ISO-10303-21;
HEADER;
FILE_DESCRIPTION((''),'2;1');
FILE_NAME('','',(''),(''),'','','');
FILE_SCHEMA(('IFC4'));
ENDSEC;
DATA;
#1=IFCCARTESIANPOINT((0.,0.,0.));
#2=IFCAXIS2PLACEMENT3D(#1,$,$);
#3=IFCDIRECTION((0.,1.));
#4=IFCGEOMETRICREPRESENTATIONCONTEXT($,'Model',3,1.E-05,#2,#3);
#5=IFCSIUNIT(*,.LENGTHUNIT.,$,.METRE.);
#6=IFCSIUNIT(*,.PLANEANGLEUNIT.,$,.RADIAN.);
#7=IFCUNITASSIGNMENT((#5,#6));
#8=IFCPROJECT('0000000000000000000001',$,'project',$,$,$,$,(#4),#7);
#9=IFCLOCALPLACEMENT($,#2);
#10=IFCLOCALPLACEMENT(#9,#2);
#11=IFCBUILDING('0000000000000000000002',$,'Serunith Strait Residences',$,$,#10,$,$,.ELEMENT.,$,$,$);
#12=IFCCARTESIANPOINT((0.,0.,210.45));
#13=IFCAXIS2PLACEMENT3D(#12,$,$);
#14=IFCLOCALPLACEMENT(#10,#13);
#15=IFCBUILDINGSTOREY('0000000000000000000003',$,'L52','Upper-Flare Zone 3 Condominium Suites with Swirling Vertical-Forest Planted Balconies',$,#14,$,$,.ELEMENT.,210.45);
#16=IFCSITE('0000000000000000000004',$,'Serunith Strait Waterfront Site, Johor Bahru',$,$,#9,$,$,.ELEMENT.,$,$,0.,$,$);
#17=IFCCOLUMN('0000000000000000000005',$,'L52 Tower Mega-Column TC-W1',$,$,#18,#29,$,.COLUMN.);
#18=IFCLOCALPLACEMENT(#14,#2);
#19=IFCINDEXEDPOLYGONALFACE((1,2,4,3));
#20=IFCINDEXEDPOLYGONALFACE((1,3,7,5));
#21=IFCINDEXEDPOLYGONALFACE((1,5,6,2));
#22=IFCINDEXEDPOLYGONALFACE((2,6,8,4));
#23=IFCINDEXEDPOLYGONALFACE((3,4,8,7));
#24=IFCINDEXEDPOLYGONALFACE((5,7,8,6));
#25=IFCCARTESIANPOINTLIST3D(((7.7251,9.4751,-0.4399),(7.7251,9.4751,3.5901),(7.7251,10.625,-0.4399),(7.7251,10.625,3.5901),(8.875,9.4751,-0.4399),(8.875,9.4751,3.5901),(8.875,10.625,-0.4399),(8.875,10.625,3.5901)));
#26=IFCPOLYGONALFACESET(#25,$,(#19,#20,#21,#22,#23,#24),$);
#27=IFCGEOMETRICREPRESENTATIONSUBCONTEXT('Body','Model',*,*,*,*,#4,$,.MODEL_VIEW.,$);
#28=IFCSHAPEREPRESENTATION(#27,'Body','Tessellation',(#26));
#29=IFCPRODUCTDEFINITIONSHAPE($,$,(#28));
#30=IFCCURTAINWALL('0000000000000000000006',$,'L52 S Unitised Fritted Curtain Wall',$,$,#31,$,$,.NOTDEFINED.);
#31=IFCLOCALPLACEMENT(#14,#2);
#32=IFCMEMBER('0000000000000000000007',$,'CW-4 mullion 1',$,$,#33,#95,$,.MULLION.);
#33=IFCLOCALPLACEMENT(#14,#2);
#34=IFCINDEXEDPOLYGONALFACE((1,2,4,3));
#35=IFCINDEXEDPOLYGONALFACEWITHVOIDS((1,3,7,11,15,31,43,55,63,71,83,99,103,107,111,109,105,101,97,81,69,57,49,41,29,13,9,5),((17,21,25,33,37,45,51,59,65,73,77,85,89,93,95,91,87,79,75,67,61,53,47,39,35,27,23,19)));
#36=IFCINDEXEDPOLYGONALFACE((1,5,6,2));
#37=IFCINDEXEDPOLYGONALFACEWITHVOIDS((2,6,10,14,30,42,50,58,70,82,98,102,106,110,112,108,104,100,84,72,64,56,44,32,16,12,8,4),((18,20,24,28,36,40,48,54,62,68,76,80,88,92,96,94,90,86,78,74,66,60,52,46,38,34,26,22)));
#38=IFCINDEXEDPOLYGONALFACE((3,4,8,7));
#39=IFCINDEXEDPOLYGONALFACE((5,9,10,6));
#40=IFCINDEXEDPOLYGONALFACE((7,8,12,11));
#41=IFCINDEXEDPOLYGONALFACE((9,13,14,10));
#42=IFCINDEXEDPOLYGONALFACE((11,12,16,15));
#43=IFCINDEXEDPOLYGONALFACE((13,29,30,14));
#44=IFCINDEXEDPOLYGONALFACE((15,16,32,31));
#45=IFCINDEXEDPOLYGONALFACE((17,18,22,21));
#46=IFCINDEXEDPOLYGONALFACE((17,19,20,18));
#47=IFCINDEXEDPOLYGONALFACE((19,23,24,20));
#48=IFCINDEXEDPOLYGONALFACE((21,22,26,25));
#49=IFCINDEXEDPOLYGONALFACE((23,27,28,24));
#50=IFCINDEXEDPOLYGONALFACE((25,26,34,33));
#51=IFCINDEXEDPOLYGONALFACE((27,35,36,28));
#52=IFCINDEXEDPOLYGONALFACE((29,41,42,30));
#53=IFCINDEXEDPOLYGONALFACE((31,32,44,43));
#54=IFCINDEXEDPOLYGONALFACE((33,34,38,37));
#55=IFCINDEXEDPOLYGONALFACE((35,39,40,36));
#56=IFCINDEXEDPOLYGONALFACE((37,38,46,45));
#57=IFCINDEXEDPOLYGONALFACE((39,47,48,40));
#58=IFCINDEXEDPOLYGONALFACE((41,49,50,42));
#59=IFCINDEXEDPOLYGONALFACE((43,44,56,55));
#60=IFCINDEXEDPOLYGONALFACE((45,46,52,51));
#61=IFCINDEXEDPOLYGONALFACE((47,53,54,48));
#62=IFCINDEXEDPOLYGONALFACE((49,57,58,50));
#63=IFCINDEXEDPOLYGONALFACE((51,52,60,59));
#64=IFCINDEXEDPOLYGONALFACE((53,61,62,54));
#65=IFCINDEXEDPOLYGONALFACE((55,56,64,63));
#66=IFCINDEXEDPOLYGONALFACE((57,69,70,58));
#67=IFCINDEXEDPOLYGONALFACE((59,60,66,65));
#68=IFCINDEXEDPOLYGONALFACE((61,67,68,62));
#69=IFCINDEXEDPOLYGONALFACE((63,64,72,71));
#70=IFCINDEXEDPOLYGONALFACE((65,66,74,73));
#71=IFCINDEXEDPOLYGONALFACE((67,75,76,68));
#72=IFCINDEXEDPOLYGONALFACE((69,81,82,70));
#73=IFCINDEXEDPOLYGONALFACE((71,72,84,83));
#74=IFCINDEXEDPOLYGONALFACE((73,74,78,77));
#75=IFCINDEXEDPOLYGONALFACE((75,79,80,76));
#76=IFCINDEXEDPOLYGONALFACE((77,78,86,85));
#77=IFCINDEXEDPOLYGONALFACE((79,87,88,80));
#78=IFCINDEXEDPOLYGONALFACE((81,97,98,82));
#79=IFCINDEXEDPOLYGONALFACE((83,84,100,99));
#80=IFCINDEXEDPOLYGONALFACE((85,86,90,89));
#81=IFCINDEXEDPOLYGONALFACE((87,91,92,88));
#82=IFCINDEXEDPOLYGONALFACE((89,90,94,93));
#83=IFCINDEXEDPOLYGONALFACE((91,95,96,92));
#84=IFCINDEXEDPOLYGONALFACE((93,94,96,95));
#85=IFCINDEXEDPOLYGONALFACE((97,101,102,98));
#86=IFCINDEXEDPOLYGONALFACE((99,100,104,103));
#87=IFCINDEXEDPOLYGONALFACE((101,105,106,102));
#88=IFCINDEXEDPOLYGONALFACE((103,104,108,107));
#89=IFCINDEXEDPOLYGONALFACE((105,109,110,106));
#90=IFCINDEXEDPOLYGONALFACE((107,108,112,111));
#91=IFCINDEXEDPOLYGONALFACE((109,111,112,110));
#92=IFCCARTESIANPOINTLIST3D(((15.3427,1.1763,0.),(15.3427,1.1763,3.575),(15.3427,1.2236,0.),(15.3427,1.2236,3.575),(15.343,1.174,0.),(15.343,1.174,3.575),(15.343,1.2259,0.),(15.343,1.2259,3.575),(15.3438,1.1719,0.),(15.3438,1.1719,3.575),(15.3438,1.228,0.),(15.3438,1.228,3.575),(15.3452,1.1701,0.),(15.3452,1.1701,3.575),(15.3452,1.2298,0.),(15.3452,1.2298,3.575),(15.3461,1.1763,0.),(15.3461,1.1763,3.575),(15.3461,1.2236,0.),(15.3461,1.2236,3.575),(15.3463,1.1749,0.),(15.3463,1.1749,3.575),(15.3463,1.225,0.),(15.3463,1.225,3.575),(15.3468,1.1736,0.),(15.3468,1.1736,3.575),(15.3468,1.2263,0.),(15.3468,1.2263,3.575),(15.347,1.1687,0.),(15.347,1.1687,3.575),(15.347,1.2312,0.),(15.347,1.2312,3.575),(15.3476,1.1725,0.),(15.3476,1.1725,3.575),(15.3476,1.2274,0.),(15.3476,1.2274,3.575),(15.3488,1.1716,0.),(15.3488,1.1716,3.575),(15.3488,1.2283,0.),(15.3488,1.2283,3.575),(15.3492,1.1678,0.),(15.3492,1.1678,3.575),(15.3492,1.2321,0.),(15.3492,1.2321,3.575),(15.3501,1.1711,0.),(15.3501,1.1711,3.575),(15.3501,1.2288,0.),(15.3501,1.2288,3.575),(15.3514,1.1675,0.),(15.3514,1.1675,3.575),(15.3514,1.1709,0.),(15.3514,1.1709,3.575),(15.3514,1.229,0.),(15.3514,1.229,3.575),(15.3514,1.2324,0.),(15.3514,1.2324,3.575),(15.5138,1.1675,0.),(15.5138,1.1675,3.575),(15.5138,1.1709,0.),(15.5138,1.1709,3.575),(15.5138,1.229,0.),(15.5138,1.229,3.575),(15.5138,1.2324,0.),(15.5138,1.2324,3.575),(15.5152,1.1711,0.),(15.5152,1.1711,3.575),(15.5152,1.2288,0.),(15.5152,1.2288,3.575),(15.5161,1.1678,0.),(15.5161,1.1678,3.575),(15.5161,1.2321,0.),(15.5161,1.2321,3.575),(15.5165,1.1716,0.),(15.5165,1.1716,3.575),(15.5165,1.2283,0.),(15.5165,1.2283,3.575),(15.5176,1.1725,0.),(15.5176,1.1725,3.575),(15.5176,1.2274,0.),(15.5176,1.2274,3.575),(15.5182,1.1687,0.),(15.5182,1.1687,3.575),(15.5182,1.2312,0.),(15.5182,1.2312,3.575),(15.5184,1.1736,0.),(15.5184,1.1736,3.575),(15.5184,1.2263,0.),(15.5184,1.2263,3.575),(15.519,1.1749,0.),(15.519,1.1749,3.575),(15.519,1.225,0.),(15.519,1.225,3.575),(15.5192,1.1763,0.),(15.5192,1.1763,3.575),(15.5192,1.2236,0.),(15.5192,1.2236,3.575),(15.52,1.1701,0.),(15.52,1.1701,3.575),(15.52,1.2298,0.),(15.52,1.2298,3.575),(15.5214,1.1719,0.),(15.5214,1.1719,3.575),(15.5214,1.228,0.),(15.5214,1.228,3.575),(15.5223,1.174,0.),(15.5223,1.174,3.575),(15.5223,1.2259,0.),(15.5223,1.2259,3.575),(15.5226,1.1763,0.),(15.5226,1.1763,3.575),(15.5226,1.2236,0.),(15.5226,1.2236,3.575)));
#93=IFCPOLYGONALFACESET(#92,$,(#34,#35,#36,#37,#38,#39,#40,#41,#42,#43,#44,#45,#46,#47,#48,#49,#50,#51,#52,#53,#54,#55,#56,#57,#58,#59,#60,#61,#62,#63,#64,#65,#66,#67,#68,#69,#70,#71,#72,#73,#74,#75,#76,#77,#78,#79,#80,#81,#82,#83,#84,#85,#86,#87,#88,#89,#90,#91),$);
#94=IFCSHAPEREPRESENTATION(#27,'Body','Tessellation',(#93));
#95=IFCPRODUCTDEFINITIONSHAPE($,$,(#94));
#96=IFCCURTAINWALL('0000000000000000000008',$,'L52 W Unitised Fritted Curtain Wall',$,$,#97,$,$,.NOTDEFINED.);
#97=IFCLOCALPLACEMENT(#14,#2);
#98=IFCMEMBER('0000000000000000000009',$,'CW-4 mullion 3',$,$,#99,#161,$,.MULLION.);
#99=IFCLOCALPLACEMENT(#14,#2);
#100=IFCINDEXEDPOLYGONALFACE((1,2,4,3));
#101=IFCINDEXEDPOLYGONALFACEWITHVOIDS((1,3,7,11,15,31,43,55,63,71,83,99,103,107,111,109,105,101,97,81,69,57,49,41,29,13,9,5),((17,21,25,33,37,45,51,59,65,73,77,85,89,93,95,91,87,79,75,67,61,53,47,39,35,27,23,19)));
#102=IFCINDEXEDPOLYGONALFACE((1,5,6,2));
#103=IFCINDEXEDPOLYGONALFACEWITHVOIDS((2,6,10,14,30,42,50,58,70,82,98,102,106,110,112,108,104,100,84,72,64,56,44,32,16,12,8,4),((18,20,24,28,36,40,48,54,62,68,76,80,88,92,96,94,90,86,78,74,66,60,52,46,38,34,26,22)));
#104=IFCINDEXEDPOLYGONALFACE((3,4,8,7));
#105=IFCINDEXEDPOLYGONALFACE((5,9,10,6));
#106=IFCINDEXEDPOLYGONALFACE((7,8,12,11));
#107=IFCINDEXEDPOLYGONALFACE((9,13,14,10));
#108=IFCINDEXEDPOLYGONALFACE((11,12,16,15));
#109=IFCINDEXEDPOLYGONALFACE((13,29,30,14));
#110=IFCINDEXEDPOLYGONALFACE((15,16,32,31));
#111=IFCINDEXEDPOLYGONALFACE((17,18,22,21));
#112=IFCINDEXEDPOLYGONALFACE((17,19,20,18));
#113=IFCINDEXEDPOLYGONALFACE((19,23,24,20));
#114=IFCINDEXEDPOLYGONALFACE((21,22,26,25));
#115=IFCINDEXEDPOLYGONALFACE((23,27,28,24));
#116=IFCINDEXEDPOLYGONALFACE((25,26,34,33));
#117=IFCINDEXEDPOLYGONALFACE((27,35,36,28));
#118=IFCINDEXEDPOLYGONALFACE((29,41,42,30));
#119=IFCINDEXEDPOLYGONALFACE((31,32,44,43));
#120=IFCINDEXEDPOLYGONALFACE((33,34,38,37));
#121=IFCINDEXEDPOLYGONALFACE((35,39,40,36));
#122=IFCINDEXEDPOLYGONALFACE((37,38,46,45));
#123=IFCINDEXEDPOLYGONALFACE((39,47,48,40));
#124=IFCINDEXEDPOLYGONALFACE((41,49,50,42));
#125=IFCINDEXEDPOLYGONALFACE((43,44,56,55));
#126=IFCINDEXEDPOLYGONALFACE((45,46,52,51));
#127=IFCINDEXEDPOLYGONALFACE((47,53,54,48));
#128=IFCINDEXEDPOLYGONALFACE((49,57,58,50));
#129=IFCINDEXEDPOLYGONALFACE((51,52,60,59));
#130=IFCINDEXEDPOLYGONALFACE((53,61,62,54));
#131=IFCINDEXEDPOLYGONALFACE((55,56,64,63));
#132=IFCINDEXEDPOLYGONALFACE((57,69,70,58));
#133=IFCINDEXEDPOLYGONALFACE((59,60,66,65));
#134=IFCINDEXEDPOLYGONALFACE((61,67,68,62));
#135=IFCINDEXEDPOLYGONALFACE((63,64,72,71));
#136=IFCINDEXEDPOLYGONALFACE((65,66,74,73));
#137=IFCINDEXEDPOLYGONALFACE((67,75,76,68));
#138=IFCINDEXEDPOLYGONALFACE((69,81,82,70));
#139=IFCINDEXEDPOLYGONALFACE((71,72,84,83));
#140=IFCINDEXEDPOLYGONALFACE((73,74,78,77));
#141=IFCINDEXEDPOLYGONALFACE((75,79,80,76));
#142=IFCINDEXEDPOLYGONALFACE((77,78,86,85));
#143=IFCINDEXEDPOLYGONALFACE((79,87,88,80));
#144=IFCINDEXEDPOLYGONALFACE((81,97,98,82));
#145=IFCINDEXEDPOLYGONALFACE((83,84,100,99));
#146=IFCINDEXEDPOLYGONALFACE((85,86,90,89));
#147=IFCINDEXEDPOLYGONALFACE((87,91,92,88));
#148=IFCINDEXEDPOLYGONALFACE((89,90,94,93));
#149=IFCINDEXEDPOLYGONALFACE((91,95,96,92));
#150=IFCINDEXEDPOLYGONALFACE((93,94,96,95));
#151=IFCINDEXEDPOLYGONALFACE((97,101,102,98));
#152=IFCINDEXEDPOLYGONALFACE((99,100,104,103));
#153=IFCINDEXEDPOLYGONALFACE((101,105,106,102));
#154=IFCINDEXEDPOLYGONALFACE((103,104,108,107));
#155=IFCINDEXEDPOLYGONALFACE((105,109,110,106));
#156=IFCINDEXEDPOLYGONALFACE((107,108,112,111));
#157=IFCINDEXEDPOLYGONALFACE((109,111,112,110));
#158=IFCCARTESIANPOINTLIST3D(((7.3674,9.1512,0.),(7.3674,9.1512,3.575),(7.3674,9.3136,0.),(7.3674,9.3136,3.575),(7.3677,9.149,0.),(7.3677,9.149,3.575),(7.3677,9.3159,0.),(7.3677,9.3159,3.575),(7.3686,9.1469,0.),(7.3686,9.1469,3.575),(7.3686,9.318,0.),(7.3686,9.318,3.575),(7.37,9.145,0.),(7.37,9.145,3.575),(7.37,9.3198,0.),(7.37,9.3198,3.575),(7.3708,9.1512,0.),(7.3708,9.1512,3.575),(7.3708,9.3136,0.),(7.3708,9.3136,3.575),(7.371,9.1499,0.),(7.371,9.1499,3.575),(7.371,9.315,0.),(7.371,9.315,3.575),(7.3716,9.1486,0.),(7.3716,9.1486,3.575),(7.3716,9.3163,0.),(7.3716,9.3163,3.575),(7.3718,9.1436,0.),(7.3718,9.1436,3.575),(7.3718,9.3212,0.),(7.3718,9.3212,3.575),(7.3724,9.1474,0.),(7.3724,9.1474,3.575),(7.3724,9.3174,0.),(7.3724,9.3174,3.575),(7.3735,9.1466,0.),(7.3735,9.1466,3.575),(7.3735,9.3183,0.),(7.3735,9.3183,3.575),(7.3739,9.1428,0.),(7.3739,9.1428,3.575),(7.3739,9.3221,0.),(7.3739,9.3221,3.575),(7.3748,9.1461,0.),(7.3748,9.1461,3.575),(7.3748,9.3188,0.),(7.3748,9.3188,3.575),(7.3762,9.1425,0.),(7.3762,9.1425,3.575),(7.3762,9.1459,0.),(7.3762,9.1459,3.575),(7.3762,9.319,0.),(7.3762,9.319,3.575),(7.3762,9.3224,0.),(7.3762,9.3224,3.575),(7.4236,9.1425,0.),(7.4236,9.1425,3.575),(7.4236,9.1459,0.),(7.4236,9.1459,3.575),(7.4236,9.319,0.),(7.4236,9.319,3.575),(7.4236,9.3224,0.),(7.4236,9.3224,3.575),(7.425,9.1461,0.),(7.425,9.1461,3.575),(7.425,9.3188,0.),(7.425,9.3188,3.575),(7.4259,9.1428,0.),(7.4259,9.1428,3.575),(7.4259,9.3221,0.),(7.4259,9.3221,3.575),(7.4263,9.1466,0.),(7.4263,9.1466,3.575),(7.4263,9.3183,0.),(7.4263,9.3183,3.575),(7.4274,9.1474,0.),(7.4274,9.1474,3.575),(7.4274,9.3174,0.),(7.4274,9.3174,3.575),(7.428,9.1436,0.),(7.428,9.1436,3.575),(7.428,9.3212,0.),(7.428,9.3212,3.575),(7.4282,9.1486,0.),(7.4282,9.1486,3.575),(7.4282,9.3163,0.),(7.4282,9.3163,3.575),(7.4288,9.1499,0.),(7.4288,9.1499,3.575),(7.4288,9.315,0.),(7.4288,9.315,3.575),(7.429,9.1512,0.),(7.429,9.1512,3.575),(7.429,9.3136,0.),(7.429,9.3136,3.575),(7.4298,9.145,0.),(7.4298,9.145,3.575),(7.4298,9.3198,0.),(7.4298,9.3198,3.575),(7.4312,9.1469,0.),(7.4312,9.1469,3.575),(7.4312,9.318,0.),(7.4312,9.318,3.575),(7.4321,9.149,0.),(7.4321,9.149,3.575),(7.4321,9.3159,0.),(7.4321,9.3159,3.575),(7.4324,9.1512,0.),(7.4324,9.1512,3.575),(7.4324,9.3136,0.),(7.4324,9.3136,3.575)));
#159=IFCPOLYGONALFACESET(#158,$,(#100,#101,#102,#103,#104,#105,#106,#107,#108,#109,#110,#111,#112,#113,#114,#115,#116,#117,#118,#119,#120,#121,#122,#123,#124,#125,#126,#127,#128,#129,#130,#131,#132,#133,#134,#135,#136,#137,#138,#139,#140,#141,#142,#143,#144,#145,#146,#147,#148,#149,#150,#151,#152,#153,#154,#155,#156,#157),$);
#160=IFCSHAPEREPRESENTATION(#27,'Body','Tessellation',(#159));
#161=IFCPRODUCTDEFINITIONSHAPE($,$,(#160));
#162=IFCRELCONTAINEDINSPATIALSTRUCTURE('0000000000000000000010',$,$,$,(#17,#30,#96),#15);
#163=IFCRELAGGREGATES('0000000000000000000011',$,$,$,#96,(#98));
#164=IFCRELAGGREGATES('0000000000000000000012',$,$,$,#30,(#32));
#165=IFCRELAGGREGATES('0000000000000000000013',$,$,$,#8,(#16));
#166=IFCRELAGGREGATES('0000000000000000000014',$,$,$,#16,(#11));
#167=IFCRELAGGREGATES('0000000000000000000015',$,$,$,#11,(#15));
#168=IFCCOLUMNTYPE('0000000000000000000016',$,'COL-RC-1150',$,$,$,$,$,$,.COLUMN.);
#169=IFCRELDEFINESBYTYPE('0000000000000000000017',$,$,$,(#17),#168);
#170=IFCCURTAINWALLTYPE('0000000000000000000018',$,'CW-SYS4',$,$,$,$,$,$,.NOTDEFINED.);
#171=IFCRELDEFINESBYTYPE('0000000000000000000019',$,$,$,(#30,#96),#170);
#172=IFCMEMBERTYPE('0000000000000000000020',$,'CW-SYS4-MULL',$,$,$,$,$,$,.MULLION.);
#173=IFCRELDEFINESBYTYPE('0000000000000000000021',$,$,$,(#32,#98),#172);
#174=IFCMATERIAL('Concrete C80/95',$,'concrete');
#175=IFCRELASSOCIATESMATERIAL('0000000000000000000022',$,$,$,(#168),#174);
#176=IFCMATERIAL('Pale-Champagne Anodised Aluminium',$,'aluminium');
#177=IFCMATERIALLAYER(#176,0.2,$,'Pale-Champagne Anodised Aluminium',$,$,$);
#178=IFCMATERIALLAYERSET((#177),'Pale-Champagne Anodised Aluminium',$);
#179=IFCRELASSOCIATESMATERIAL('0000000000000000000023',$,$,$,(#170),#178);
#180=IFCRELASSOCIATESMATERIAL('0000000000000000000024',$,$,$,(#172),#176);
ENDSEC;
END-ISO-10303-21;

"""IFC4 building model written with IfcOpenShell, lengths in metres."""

from ifc_helpers import new_model, si_unit, direction, frame, origin, origin_2d, place, context, subcontext, project, spatial, rectangle, hollow_rectangle, extrude, source, transform, mapped, material, layer, layer_set, material_profile, profile_set, type_object, element, aggregate, save


model = new_model("IFC4")

# Units and contexts
model_context = context("Model", 3, precision=1e-05, world=origin(), true_north=direction((0.0, 1.0)))
body_context = subcontext(model_context, "Body", "Model", "MODEL_VIEW")
ifc_project = project(units=[si_unit("LENGTHUNIT", "METRE"), si_unit("PLANEANGLEUNIT", "RADIAN")], contexts=[model_context])

# Site, building, storey
site_placement = place(None, origin())
site = spatial("IfcSite", under=ifc_project, at=site_placement, Name="Serunith Strait Waterfront Site, Johor Bahru", CompositionType="ELEMENT", RefElevation=0.0)
building_placement = place(site_placement, origin())
building = spatial("IfcBuilding", under=site, at=building_placement, Name="Serunith Strait Residences", CompositionType="ELEMENT")
storey_placement = place(building_placement, frame((0.0, 0.0, 210.45)))
storey = spatial("IfcBuildingStorey", under=building, at=storey_placement, Name="L52", Description="Upper-Flare Zone 3 Condominium Suites with Swirling Vertical-Forest Planted Balconies", CompositionType="ELEMENT", Elevation=210.45)

# Column
ifc_material_1 = material(Name="Concrete C80/95", Category="concrete")
ifc_material_profile_1 = material_profile(ifc_material_1, rectangle(XDim=1.1499, YDim=1.1499, at=origin_2d()), Name="RC 1150x1150")
ifc_profile_set_1 = profile_set([ifc_material_profile_1], Name="Concrete C80/95")
column_type = type_object("IfcColumnType", Name="COL-RC-1150", PredefinedType="COLUMN", material=ifc_profile_set_1)
shared_shape_1 = source(origin(), body_context, "Body", "SweptSolid", [
    extrude(rectangle(XDim=1.1499, YDim=1.1499, at=origin_2d()), origin(), (0.0, 0.0, 1.0), 4.03),
])
column_placement = place(storey_placement, frame((8.3, 10.05, -0.4399), z_axis=(0.0, 0.0, 1.0), x_axis=(1.0, 0.0, 0.0)))
element("IfcColumn", 1, at=column_placement, inside=storey, type_object=column_type, Name="L52 Tower Mega-Column TC-W1", PredefinedType="COLUMN", context=body_context, shape_type="MappedRepresentation", body=[
    mapped(shared_shape_1, transform((0.0, 0.0, 0.0), scale=1.0)),
])

# Curtain walls, members
ifc_material_2 = material(Name="Pale-Champagne Anodised Aluminium", Category="aluminium")
ifc_layer_1 = layer(ifc_material_2, 0.2, Name="Pale-Champagne Anodised Aluminium")
ifc_layer_set_1 = layer_set([ifc_layer_1], Name="Pale-Champagne Anodised Aluminium")
curtain_wall_type = type_object("IfcCurtainWallType", Name="CW-SYS4", PredefinedType="NOTDEFINED", material=ifc_layer_set_1)
curtain_wall_1_placement = place(storey_placement, origin())
curtain_wall_1 = element("IfcCurtainWall", 2, at=curtain_wall_1_placement, inside=storey, type_object=curtain_wall_type, Name="L52 S Unitised Fritted Curtain Wall", PredefinedType="NOTDEFINED")
ifc_material_profile_2 = material_profile(ifc_material_2, hollow_rectangle(XDim=0.0649, YDim=0.1799, WallThickness=0.0034, InnerFilletRadius=0.0054, OuterFilletRadius=0.0088, at=origin_2d()), Name="ALU 180x65x3.5")
ifc_profile_set_2 = profile_set([ifc_material_profile_2], Name="Pale-Champagne Anodised Aluminium")
member_type_1 = type_object("IfcMemberType", Name="CW-SYS4-MULL", PredefinedType="MULLION", material=ifc_profile_set_2)
shared_shape_2 = source(origin(), body_context, "Body", "SweptSolid", [
    extrude(hollow_rectangle(XDim=0.0649, YDim=0.1799, WallThickness=0.0034, InnerFilletRadius=0.0054, OuterFilletRadius=0.0088, at=origin_2d()), origin(), (0.0, 0.0, 1.0), 3.575),
])
member_1_placement = place(storey_placement, frame((15.4326, 1.2, 0.0), z_axis=(0.0, 0.0, 1.0), x_axis=(0.0, 1.0, 0.0)))
member_1 = element("IfcMember", 3, at=member_1_placement, type_object=member_type_1, Name="CW-4 mullion 1", PredefinedType="MULLION", context=body_context, shape_type="MappedRepresentation", body=[
    mapped(shared_shape_2, transform((0.0, 0.0, 0.0), scale=1.0)),
])
curtain_wall_2_placement = place(storey_placement, origin())
curtain_wall_2 = element("IfcCurtainWall", 4, at=curtain_wall_2_placement, inside=storey, type_object=curtain_wall_type, Name="L52 W Unitised Fritted Curtain Wall", PredefinedType="NOTDEFINED")
member_2_placement = place(storey_placement, frame((7.3999, 9.2324, 0.0), z_axis=(0.0, 0.0, 1.0), x_axis=(1.0, 0.0, 0.0)))
member_2 = element("IfcMember", 5, at=member_2_placement, type_object=member_type_1, Name="CW-4 mullion 3", PredefinedType="MULLION", context=body_context, shape_type="MappedRepresentation", body=[
    mapped(shared_shape_2, transform((0.0, 0.0, 0.0), scale=1.0)),
])
aggregate(curtain_wall_2, [member_2])

aggregate(curtain_wall_1, [member_1])

save(model, "model.ifc")
